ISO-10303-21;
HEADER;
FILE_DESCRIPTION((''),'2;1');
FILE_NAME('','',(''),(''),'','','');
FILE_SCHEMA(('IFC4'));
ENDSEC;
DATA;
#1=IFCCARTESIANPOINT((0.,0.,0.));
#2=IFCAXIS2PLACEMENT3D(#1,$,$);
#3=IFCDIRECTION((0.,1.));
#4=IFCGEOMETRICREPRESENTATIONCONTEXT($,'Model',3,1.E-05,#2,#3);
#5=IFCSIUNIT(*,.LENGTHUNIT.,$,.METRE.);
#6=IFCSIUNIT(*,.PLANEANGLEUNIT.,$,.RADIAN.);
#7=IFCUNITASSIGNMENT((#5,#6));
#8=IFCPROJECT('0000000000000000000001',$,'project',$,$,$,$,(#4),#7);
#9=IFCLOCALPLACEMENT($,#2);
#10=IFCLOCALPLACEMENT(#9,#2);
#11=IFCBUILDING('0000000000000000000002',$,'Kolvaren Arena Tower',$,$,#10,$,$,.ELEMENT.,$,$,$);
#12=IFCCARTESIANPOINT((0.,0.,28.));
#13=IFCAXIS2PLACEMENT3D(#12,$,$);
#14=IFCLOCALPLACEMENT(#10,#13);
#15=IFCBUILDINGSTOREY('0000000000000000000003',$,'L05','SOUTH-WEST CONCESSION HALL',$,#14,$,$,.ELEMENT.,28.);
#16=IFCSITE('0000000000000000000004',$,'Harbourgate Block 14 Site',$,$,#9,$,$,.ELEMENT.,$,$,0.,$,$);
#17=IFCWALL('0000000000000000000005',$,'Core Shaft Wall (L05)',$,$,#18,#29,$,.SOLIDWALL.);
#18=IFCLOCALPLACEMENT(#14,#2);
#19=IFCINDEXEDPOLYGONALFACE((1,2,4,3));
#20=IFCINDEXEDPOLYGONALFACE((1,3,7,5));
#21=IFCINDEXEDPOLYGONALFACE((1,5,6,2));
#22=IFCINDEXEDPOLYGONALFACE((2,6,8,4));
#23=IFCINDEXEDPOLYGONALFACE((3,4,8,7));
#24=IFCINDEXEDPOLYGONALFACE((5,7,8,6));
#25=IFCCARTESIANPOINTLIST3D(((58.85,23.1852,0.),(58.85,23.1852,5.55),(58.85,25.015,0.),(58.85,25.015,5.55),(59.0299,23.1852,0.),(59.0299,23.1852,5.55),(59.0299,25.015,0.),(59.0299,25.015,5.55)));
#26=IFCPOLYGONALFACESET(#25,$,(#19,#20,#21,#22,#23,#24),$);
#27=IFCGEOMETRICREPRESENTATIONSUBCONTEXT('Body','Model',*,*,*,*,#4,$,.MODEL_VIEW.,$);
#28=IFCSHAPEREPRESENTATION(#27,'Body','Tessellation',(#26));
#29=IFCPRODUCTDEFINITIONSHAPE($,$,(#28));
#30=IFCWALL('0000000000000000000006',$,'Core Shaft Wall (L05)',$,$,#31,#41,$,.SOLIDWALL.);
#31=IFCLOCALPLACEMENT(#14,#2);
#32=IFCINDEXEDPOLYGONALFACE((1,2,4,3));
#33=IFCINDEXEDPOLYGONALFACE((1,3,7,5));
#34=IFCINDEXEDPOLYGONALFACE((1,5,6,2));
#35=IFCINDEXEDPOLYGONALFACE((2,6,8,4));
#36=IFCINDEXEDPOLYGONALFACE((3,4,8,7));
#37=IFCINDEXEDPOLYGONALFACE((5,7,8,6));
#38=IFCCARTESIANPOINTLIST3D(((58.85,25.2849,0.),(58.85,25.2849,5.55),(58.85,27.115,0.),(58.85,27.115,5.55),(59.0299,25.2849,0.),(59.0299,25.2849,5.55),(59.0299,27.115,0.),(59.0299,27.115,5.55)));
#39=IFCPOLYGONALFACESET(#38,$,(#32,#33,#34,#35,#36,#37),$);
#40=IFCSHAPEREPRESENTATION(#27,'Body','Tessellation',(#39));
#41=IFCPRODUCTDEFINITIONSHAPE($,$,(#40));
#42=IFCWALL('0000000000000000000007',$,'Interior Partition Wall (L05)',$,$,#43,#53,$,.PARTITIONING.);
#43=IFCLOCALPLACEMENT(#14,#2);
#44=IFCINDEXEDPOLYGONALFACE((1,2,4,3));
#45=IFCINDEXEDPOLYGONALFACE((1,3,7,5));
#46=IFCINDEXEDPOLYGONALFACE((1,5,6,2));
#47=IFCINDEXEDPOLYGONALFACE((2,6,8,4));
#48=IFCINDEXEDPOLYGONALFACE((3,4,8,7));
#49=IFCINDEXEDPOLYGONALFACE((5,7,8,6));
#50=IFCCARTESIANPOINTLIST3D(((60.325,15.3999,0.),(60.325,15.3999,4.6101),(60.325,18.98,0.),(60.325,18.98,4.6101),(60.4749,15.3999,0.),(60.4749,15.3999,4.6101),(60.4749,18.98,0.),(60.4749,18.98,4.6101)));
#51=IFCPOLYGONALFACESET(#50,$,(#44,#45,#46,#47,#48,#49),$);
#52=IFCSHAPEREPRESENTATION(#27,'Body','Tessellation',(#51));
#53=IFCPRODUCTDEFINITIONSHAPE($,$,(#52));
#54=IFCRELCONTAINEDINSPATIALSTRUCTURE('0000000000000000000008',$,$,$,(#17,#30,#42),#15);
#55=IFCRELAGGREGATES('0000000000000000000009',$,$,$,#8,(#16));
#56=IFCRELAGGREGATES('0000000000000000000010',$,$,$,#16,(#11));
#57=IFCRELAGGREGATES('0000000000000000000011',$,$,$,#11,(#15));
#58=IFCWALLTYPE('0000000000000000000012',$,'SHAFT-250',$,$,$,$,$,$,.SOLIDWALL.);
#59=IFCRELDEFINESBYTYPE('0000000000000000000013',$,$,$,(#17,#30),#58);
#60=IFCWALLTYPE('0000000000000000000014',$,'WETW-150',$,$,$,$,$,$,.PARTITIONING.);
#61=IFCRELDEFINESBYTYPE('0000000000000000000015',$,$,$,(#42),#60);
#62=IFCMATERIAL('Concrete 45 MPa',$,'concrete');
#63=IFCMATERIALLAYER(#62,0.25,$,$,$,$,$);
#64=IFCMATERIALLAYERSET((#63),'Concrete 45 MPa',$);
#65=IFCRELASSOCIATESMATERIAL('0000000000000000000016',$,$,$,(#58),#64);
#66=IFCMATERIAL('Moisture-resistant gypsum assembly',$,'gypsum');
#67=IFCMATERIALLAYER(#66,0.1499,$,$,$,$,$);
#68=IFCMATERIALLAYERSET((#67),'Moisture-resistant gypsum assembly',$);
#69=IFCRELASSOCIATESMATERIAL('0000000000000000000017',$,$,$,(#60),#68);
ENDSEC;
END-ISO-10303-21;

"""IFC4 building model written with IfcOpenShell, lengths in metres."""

from ifc_helpers import new_model, si_unit, direction, frame, frame_2d, origin, place, context, subcontext, project, spatial, rectangle, extrude, material, layer, layer_set, type_object, element, save


model = new_model("IFC4")

# Units and contexts
model_context = context("Model", 3, precision=1e-05, world=origin(), true_north=direction((0.0, 1.0)))
body_context = subcontext(model_context, "Body", "Model", "MODEL_VIEW")
ifc_project = project(units=[si_unit("LENGTHUNIT", "METRE"), si_unit("PLANEANGLEUNIT", "RADIAN")], contexts=[model_context])

# Site, building, storey
site_placement = place(None, origin())
site = spatial("IfcSite", under=ifc_project, at=site_placement, Name="Harbourgate Block 14 Site", CompositionType="ELEMENT", RefElevation=0.0)
building_placement = place(site_placement, origin())
building = spatial("IfcBuilding", under=site, at=building_placement, Name="Kolvaren Arena Tower", CompositionType="ELEMENT")
storey_placement = place(building_placement, frame((0.0, 0.0, 28.0)))
storey = spatial("IfcBuildingStorey", under=building, at=storey_placement, Name="L05", Description="SOUTH-WEST CONCESSION HALL", CompositionType="ELEMENT", Elevation=28.0)

# Walls
ifc_material_1 = material(Name="Concrete 45 MPa", Category="concrete")
ifc_layer_1 = layer(ifc_material_1, 0.25)
ifc_layer_set_1 = layer_set([ifc_layer_1], Name="Concrete 45 MPa")
wall_type_1 = type_object("IfcWallType", Name="SHAFT-250", PredefinedType="SOLIDWALL", material=ifc_layer_set_1)
wall_1_placement = place(storey_placement, frame((58.9399, 23.1851, 0.0), z_axis=(0.0, 0.0, 1.0), x_axis=(0.0, 1.0, 0.0)))
element("IfcWall", 1, at=wall_1_placement, inside=storey, type_object=wall_type_1, Name="Core Shaft Wall (L05)", PredefinedType="SOLIDWALL", context=body_context, shape_type="SweptSolid", body=[
    extrude(rectangle(XDim=1.8298, YDim=0.1799, at=frame_2d((0.915, 0.0))), origin(), (0.0, 0.0, 1.0), 5.55),
])
wall_2_placement = place(storey_placement, frame((58.9399, 25.2849, 0.0), z_axis=(0.0, 0.0, 1.0), x_axis=(0.0, 1.0, 0.0)))
element("IfcWall", 2, at=wall_2_placement, inside=storey, type_object=wall_type_1, Name="Core Shaft Wall (L05)", PredefinedType="SOLIDWALL", context=body_context, shape_type="SweptSolid", body=[
    extrude(rectangle(XDim=1.8301, YDim=0.1799, at=frame_2d((0.915, 0.0))), origin(), (0.0, 0.0, 1.0), 5.55),
])
ifc_material_2 = material(Name="Moisture-resistant gypsum assembly", Category="gypsum")
ifc_layer_2 = layer(ifc_material_2, 0.1499)
ifc_layer_set_2 = layer_set([ifc_layer_2], Name="Moisture-resistant gypsum assembly")
wall_type_2 = type_object("IfcWallType", Name="WETW-150", PredefinedType="PARTITIONING", material=ifc_layer_set_2)
wall_3_placement = place(storey_placement, frame((60.3999, 15.3999, 0.0), z_axis=(0.0, 0.0, 1.0), x_axis=(0.0, 1.0, 0.0)))
element("IfcWall", 3, at=wall_3_placement, inside=storey, type_object=wall_type_2, Name="Interior Partition Wall (L05)", PredefinedType="PARTITIONING", context=body_context, shape_type="SweptSolid", body=[
    extrude(rectangle(XDim=3.5801, YDim=0.1499, at=frame_2d((1.79, 0.0))), origin(), (0.0, 0.0, 1.0), 4.6101),
])

save(model, "model.ifc")
